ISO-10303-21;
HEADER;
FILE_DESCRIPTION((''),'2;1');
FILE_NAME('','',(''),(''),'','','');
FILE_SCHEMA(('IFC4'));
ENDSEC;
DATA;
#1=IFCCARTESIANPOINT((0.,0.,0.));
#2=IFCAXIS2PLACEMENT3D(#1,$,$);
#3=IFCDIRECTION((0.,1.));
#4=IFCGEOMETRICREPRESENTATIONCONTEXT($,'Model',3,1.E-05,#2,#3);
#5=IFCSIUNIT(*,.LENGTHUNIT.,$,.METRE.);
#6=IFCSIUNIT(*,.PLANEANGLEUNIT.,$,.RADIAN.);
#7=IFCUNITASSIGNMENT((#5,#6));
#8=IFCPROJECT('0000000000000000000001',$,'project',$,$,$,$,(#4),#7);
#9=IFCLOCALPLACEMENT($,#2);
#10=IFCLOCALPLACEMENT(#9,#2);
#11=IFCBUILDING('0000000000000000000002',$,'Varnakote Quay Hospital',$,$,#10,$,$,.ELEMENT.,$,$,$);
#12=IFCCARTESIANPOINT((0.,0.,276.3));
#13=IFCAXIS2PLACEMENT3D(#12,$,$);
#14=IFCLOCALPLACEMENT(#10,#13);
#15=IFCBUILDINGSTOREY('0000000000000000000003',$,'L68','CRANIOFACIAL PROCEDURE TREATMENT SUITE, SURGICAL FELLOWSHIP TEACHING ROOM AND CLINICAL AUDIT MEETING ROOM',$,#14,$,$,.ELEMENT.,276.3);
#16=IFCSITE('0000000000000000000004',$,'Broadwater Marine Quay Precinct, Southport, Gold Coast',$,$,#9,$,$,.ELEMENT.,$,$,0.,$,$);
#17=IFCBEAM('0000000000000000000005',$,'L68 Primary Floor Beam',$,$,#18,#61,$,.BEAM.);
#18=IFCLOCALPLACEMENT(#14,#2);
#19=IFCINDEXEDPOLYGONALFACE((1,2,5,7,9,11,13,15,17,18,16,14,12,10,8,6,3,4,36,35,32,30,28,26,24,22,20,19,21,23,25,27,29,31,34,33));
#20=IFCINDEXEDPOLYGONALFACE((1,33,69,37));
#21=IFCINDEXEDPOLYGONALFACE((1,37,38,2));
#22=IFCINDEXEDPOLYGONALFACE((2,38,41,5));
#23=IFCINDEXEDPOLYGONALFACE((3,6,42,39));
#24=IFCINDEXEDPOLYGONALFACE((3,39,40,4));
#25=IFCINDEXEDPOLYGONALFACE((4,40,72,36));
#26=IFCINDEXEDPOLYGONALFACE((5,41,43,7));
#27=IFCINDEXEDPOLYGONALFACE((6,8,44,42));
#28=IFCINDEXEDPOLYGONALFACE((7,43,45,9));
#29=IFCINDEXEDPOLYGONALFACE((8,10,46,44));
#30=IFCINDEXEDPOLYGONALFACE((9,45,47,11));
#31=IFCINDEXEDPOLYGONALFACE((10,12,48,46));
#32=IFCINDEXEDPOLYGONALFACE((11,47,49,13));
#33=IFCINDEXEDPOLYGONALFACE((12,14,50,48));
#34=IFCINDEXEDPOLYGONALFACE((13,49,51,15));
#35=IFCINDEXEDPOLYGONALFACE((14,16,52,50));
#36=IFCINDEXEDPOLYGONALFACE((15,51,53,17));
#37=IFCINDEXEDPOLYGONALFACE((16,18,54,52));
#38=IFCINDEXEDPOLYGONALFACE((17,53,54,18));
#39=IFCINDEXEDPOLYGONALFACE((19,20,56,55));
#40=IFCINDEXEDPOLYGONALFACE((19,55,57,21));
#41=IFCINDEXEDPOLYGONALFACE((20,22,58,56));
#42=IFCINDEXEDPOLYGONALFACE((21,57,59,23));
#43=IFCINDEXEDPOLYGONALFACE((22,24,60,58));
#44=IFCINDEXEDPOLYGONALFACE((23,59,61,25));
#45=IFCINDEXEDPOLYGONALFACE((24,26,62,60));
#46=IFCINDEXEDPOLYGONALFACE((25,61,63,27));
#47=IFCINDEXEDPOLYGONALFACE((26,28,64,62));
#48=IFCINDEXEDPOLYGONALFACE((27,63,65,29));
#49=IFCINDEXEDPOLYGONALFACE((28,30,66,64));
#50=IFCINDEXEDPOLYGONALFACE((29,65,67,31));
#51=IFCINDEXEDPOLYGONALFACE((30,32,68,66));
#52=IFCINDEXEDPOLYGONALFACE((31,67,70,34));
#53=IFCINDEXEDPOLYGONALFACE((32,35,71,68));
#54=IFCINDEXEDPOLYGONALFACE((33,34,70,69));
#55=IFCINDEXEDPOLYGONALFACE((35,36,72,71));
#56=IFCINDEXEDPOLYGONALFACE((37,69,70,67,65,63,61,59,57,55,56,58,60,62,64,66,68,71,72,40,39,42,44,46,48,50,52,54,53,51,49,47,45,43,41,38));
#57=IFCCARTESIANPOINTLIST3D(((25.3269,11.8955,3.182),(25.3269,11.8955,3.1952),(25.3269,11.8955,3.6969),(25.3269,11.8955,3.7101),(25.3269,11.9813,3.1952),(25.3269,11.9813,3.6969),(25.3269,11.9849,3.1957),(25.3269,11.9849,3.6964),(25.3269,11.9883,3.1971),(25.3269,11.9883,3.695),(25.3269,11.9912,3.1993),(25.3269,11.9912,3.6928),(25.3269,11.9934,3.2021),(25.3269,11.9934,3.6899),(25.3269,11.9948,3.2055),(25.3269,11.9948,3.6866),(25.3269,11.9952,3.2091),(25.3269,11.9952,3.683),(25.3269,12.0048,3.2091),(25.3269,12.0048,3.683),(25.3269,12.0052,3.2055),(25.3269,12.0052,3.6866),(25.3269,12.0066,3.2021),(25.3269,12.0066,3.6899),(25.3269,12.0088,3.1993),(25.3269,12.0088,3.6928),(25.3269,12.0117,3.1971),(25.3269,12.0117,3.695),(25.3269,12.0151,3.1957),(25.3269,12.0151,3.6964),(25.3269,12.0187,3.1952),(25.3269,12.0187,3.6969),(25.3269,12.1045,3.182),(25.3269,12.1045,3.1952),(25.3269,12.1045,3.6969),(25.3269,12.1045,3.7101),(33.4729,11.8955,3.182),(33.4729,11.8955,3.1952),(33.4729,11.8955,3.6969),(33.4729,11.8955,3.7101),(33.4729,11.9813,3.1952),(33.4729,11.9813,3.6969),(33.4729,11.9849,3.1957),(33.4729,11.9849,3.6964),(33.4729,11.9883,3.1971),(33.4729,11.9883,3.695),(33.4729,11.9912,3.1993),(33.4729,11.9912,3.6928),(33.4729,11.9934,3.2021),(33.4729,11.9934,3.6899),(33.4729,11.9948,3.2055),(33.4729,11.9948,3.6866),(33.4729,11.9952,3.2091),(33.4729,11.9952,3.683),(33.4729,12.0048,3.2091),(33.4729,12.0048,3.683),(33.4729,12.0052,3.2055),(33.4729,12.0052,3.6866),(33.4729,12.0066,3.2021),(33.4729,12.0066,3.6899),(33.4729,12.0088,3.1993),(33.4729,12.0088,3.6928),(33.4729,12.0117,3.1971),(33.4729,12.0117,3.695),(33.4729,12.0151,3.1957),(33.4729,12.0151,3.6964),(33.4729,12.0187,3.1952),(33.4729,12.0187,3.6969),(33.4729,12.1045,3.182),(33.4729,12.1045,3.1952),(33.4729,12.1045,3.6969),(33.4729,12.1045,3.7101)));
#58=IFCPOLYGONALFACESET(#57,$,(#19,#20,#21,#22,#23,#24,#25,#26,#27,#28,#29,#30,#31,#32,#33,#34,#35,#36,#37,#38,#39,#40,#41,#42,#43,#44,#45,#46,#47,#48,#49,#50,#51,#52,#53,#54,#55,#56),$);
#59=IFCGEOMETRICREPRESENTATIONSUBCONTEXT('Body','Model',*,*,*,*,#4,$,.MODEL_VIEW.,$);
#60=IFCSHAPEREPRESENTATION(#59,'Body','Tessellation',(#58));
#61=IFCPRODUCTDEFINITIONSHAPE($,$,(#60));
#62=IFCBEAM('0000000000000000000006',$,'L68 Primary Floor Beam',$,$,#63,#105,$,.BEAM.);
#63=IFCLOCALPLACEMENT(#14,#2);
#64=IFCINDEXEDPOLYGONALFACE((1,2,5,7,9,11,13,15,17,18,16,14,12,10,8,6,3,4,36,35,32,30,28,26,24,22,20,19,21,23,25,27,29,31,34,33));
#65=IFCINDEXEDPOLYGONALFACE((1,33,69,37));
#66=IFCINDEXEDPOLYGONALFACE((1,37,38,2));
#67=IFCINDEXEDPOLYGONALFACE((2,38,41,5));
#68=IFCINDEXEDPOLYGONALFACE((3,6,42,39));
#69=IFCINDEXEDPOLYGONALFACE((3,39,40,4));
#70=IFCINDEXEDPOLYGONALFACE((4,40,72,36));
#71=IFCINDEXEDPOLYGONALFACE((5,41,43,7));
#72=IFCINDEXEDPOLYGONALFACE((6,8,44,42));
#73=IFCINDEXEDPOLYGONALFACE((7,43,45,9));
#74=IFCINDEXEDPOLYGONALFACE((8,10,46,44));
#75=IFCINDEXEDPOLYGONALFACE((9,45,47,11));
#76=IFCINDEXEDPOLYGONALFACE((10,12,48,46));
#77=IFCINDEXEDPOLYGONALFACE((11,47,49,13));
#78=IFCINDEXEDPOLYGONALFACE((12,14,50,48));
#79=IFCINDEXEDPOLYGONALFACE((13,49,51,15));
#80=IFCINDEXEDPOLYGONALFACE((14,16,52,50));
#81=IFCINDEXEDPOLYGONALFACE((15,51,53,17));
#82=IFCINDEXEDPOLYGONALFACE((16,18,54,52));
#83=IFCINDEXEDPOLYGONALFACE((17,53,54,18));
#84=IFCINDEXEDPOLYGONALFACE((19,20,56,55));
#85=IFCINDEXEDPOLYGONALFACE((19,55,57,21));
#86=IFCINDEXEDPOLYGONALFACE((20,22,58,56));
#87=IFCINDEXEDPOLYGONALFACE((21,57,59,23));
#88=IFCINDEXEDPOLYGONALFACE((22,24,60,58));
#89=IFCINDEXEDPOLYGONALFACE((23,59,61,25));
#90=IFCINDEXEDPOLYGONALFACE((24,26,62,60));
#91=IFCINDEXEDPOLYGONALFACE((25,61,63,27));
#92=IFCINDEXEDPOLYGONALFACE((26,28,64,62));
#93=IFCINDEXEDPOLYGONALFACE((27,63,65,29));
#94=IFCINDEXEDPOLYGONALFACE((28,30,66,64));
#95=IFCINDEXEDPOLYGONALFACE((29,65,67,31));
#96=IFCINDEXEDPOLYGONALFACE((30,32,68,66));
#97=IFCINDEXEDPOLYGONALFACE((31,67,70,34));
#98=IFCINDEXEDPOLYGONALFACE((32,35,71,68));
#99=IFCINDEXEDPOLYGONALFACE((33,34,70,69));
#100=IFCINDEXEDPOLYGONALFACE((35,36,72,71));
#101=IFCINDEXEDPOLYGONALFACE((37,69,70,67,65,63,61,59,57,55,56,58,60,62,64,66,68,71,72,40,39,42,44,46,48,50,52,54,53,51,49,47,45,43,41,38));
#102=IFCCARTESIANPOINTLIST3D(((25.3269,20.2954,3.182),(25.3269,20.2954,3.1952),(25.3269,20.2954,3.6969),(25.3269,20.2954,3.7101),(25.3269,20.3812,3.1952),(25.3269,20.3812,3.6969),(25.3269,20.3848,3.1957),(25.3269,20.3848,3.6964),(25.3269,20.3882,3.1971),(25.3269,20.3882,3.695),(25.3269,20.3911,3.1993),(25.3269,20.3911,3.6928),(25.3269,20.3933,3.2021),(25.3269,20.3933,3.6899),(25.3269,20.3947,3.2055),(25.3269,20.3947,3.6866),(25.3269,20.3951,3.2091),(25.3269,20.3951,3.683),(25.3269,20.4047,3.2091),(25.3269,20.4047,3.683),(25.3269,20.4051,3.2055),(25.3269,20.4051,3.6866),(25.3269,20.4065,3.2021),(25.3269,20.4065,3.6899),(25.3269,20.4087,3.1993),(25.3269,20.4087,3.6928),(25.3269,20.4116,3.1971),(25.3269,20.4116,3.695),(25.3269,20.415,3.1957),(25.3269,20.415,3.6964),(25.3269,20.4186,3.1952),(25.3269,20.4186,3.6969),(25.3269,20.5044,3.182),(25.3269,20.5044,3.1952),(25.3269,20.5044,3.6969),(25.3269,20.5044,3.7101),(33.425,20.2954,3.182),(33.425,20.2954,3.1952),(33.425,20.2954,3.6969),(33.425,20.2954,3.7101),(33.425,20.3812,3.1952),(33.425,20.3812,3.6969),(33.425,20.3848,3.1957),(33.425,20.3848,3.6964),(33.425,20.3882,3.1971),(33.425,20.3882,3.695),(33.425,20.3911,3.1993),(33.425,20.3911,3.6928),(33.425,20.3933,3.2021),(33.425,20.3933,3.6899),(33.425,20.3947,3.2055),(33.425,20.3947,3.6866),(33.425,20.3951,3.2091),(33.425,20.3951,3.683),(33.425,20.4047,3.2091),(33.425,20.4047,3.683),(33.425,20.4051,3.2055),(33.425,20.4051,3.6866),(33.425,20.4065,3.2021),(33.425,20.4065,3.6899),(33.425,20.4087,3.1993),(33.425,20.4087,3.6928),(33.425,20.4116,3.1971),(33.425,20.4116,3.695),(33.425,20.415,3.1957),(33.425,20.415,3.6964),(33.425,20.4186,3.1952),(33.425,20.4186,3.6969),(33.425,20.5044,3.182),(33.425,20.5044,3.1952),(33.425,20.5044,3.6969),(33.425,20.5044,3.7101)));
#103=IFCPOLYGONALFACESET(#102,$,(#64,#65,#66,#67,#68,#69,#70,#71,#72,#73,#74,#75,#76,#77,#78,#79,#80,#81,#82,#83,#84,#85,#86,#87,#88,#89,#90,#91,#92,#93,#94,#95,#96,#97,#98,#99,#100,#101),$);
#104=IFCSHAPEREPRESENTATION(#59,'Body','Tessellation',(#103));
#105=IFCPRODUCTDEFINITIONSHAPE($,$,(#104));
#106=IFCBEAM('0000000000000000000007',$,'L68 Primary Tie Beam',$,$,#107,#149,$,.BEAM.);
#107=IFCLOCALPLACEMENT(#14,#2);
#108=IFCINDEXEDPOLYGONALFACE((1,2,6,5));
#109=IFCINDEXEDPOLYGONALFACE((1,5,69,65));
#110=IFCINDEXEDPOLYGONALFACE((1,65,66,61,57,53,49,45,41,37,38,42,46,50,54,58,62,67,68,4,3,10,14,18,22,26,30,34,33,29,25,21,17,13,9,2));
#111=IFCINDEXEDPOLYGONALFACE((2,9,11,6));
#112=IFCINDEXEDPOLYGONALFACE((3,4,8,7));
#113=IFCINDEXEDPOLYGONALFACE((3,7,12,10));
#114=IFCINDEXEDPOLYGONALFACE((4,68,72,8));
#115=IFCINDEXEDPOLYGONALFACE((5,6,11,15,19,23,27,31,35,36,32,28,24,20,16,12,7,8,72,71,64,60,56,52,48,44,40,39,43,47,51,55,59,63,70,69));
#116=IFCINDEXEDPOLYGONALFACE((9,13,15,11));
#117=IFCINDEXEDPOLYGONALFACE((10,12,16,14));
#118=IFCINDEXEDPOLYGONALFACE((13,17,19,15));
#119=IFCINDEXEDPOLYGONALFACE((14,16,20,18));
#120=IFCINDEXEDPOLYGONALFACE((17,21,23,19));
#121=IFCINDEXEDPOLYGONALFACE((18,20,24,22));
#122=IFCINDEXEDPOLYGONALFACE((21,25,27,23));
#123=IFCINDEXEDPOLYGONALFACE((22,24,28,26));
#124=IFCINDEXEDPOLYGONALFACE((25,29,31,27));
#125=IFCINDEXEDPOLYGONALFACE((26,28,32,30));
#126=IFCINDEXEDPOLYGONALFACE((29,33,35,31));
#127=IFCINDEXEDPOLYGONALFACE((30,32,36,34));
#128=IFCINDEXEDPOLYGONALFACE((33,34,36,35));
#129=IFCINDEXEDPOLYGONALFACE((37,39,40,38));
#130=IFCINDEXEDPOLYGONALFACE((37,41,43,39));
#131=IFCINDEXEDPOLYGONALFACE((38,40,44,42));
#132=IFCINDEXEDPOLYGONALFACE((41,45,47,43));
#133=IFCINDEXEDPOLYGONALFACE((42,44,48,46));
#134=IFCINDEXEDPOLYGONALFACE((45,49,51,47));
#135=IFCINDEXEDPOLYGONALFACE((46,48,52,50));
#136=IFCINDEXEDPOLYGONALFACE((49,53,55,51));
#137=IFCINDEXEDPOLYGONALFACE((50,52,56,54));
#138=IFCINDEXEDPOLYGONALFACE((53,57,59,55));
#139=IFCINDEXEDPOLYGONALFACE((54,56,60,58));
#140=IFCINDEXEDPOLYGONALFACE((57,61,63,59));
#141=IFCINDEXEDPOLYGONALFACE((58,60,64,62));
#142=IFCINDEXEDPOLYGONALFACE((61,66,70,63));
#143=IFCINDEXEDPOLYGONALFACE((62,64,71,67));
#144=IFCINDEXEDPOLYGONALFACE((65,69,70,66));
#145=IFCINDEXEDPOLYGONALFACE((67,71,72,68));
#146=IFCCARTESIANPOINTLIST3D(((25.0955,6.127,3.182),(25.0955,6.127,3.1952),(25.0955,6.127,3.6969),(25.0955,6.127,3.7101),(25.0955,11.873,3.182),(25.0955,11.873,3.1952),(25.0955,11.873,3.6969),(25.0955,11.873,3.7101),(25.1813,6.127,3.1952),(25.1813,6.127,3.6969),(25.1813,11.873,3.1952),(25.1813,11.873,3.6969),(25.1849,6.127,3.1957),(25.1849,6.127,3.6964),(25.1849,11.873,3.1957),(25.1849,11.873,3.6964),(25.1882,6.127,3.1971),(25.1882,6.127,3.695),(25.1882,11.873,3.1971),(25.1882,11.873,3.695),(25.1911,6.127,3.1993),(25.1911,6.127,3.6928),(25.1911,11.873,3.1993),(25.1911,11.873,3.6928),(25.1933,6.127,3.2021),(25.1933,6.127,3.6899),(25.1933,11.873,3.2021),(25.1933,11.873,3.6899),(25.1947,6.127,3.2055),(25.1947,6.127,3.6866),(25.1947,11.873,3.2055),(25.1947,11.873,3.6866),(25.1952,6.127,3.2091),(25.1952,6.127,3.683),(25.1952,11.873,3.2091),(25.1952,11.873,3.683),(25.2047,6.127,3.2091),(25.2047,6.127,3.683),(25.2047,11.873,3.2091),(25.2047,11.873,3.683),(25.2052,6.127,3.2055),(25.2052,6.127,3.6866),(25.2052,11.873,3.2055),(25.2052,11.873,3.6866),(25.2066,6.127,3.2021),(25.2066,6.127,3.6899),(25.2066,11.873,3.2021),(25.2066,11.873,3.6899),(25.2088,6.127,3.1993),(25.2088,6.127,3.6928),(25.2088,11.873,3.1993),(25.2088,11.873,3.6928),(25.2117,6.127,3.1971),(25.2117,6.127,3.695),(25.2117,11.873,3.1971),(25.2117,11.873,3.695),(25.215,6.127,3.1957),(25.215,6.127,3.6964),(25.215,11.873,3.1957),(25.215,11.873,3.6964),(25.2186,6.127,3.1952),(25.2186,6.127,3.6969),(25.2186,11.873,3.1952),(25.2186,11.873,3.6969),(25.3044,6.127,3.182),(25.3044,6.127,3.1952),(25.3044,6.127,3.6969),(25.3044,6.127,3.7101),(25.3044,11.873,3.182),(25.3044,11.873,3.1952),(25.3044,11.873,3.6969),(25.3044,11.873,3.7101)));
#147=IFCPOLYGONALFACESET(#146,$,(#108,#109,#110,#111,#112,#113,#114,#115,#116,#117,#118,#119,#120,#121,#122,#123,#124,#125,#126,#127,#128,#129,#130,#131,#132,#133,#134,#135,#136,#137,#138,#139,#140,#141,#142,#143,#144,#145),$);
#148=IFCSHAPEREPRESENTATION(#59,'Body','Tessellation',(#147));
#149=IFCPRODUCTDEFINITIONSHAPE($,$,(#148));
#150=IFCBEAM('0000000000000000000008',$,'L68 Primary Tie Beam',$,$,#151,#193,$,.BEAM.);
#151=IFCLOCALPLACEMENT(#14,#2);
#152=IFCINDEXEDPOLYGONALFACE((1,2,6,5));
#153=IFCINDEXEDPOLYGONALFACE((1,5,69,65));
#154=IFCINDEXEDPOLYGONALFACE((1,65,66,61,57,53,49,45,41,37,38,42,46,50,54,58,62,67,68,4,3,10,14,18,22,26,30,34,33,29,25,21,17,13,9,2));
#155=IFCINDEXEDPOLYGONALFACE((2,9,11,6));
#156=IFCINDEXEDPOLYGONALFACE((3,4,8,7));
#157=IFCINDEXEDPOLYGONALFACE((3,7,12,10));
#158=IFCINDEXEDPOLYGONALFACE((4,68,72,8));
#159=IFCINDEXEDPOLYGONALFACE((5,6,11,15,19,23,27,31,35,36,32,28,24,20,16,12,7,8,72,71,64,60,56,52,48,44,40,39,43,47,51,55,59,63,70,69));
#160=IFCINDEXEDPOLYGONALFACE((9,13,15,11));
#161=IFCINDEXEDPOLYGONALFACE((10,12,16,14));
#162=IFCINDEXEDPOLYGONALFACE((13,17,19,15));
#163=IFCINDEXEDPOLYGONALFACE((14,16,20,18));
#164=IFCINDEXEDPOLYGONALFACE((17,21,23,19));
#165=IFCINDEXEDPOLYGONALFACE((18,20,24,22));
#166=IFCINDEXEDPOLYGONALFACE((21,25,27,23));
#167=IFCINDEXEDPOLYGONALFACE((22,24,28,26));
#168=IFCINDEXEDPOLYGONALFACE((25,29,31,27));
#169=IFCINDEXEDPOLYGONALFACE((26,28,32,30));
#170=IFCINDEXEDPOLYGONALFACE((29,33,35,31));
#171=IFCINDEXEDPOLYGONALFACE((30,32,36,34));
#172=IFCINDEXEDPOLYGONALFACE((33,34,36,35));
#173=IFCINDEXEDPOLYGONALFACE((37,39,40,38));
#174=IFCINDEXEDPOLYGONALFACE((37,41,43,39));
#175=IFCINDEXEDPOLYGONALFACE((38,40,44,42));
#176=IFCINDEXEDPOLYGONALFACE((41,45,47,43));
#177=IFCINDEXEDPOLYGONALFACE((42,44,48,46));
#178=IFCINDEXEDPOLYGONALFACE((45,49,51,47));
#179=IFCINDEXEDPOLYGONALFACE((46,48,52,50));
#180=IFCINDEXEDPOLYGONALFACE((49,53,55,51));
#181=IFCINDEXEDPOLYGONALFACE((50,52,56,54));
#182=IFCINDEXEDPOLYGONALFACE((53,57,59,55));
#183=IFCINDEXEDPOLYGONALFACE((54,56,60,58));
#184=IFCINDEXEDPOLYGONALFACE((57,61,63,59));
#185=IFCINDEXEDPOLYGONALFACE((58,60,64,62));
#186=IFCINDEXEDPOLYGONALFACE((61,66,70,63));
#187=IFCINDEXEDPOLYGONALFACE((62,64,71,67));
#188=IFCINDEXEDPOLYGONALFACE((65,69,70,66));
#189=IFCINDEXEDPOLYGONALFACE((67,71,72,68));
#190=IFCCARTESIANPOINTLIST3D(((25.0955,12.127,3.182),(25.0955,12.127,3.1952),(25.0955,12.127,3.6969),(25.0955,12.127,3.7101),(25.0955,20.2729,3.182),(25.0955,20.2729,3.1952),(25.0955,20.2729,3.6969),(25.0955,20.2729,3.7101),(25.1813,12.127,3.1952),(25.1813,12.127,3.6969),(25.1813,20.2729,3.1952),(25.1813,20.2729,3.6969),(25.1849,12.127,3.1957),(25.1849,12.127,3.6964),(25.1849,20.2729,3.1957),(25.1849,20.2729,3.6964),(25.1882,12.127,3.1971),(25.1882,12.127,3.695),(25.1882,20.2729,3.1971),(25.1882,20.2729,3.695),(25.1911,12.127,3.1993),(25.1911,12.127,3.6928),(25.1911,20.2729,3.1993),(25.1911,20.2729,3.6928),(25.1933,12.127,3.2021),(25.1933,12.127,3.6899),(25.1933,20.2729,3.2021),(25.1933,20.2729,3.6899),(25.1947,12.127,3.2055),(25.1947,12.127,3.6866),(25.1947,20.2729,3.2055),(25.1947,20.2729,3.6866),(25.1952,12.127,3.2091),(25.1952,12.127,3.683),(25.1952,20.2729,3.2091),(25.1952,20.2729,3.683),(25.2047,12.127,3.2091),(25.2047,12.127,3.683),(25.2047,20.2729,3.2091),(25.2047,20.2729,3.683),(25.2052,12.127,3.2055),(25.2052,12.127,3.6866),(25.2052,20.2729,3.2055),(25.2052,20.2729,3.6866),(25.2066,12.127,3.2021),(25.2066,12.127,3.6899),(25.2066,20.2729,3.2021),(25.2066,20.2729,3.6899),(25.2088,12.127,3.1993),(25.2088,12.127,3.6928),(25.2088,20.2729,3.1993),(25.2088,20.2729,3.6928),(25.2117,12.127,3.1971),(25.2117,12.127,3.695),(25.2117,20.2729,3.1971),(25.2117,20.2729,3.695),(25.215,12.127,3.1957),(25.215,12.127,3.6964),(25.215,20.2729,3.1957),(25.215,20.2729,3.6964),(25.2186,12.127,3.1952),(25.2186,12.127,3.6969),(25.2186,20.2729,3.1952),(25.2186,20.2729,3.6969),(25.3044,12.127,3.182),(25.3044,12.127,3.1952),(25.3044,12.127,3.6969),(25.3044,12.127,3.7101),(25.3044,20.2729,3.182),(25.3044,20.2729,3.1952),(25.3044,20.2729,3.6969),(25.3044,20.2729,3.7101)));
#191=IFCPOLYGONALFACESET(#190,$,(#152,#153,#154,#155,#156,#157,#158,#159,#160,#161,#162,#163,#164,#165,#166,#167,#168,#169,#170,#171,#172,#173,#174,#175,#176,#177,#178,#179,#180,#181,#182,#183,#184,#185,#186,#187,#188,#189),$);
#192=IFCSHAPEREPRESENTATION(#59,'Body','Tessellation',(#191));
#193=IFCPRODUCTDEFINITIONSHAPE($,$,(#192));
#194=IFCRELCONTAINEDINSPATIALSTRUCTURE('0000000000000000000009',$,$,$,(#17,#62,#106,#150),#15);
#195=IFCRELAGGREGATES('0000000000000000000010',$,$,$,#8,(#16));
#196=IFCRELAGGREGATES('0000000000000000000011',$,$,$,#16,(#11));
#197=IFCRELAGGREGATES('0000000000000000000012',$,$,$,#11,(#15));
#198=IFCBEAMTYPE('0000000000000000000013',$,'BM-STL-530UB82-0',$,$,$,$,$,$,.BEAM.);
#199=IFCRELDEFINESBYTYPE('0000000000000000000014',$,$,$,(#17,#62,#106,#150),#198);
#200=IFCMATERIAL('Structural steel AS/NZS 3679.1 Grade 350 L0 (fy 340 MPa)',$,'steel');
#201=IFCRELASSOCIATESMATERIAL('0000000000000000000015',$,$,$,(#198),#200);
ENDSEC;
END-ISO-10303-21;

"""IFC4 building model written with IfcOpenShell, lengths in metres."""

from ifc_helpers import new_model, si_unit, direction, frame, origin, origin_2d, place, context, subcontext, project, spatial, i_section, extrude, material, material_profile, profile_set, type_object, element, save


model = new_model("IFC4")

# Units and contexts
model_context = context("Model", 3, precision=1e-05, world=origin(), true_north=direction((0.0, 1.0)))
body_context = subcontext(model_context, "Body", "Model", "MODEL_VIEW")
ifc_project = project(units=[si_unit("LENGTHUNIT", "METRE"), si_unit("PLANEANGLEUNIT", "RADIAN")], contexts=[model_context])

# Site, building, storey
site_placement = place(None, origin())
site = spatial("IfcSite", under=ifc_project, at=site_placement, Name="Broadwater Marine Quay Precinct, Southport, Gold Coast", CompositionType="ELEMENT", RefElevation=0.0)
building_placement = place(site_placement, origin())
building = spatial("IfcBuilding", under=site, at=building_placement, Name="Varnakote Quay Hospital", CompositionType="ELEMENT")
storey_placement = place(building_placement, frame((0.0, 0.0, 276.3)))
storey = spatial("IfcBuildingStorey", under=building, at=storey_placement, Name="L68", Description="CRANIOFACIAL PROCEDURE TREATMENT SUITE, SURGICAL FELLOWSHIP TEACHING ROOM AND CLINICAL AUDIT MEETING ROOM", CompositionType="ELEMENT", Elevation=276.3)

# Beams
ifc_material_1 = material(Name="Structural steel AS/NZS 3679.1 Grade 350 L0 (fy 340 MPa)", Category="steel")
ifc_material_profile_1 = material_profile(ifc_material_1, i_section(OverallWidth=0.209, OverallDepth=0.5281, WebThickness=0.0095, FlangeThickness=0.0132, FilletRadius=0.0139, at=origin_2d()), Name="530UB82.0")
ifc_profile_set_1 = profile_set([ifc_material_profile_1], Name="Structural steel AS/NZS 3679.1 Grade 350 L0 (fy 340 MPa)")
beam_type_1 = type_object("IfcBeamType", Name="BM-STL-530UB82-0", PredefinedType="BEAM", material=ifc_profile_set_1)
beam_1_placement = place(storey_placement, frame((25.3269, 12.0, 3.446), z_axis=(1.0, 0.0, 0.0), x_axis=(0.0, 1.0, 0.0)))
element("IfcBeam", 1, at=beam_1_placement, inside=storey, type_object=beam_type_1, Name="L68 Primary Floor Beam", PredefinedType="BEAM", context=body_context, shape_type="SweptSolid", body=[
    extrude(i_section(OverallWidth=0.209, OverallDepth=0.5281, WebThickness=0.0095, FlangeThickness=0.0132, FilletRadius=0.0139, at=origin_2d()), origin(), (0.0, 0.0, 1.0), 8.146),
])
beam_2_placement = place(storey_placement, frame((25.3269, 20.3999, 3.446), z_axis=(1.0, 0.0, 0.0), x_axis=(0.0, 1.0, 0.0)))
element("IfcBeam", 2, at=beam_2_placement, inside=storey, type_object=beam_type_1, Name="L68 Primary Floor Beam", PredefinedType="BEAM", context=body_context, shape_type="SweptSolid", body=[
    extrude(i_section(OverallWidth=0.209, OverallDepth=0.5281, WebThickness=0.0095, FlangeThickness=0.0132, FilletRadius=0.0139, at=origin_2d()), origin(), (0.0, 0.0, 1.0), 8.0981),
])
beam_3_placement = place(storey_placement, frame((25.2, 6.127, 3.446), z_axis=(0.0, 1.0, 0.0), x_axis=(-1.0, 0.0, 0.0)))
element("IfcBeam", 3, at=beam_3_placement, inside=storey, type_object=beam_type_1, Name="L68 Primary Tie Beam", PredefinedType="BEAM", context=body_context, shape_type="SweptSolid", body=[
    extrude(i_section(OverallWidth=0.209, OverallDepth=0.5281, WebThickness=0.0095, FlangeThickness=0.0132, FilletRadius=0.0139, at=origin_2d()), origin(), (0.0, 0.0, 1.0), 5.7461),
])
for number, where, z_axis, x_axis, name in (
    (4, (25.2, 12.127, 3.446), (0.0, 1.0, 0.0), (-1.0, 0.0, 0.0), "L68 Primary Tie Beam"),
):
    element("IfcBeam", number, at=place(storey_placement, frame(where, z_axis=z_axis, x_axis=x_axis)), inside=storey, type_object=beam_type_1, Name=name, PredefinedType="BEAM", context=body_context, shape_type="SweptSolid", body=[
        extrude(i_section(OverallWidth=0.209, OverallDepth=0.5281, WebThickness=0.0095, FlangeThickness=0.0132, FilletRadius=0.0139, at=origin_2d()), origin(), (0.0, 0.0, 1.0), 8.146),
    ])

save(model, "model.ifc")
